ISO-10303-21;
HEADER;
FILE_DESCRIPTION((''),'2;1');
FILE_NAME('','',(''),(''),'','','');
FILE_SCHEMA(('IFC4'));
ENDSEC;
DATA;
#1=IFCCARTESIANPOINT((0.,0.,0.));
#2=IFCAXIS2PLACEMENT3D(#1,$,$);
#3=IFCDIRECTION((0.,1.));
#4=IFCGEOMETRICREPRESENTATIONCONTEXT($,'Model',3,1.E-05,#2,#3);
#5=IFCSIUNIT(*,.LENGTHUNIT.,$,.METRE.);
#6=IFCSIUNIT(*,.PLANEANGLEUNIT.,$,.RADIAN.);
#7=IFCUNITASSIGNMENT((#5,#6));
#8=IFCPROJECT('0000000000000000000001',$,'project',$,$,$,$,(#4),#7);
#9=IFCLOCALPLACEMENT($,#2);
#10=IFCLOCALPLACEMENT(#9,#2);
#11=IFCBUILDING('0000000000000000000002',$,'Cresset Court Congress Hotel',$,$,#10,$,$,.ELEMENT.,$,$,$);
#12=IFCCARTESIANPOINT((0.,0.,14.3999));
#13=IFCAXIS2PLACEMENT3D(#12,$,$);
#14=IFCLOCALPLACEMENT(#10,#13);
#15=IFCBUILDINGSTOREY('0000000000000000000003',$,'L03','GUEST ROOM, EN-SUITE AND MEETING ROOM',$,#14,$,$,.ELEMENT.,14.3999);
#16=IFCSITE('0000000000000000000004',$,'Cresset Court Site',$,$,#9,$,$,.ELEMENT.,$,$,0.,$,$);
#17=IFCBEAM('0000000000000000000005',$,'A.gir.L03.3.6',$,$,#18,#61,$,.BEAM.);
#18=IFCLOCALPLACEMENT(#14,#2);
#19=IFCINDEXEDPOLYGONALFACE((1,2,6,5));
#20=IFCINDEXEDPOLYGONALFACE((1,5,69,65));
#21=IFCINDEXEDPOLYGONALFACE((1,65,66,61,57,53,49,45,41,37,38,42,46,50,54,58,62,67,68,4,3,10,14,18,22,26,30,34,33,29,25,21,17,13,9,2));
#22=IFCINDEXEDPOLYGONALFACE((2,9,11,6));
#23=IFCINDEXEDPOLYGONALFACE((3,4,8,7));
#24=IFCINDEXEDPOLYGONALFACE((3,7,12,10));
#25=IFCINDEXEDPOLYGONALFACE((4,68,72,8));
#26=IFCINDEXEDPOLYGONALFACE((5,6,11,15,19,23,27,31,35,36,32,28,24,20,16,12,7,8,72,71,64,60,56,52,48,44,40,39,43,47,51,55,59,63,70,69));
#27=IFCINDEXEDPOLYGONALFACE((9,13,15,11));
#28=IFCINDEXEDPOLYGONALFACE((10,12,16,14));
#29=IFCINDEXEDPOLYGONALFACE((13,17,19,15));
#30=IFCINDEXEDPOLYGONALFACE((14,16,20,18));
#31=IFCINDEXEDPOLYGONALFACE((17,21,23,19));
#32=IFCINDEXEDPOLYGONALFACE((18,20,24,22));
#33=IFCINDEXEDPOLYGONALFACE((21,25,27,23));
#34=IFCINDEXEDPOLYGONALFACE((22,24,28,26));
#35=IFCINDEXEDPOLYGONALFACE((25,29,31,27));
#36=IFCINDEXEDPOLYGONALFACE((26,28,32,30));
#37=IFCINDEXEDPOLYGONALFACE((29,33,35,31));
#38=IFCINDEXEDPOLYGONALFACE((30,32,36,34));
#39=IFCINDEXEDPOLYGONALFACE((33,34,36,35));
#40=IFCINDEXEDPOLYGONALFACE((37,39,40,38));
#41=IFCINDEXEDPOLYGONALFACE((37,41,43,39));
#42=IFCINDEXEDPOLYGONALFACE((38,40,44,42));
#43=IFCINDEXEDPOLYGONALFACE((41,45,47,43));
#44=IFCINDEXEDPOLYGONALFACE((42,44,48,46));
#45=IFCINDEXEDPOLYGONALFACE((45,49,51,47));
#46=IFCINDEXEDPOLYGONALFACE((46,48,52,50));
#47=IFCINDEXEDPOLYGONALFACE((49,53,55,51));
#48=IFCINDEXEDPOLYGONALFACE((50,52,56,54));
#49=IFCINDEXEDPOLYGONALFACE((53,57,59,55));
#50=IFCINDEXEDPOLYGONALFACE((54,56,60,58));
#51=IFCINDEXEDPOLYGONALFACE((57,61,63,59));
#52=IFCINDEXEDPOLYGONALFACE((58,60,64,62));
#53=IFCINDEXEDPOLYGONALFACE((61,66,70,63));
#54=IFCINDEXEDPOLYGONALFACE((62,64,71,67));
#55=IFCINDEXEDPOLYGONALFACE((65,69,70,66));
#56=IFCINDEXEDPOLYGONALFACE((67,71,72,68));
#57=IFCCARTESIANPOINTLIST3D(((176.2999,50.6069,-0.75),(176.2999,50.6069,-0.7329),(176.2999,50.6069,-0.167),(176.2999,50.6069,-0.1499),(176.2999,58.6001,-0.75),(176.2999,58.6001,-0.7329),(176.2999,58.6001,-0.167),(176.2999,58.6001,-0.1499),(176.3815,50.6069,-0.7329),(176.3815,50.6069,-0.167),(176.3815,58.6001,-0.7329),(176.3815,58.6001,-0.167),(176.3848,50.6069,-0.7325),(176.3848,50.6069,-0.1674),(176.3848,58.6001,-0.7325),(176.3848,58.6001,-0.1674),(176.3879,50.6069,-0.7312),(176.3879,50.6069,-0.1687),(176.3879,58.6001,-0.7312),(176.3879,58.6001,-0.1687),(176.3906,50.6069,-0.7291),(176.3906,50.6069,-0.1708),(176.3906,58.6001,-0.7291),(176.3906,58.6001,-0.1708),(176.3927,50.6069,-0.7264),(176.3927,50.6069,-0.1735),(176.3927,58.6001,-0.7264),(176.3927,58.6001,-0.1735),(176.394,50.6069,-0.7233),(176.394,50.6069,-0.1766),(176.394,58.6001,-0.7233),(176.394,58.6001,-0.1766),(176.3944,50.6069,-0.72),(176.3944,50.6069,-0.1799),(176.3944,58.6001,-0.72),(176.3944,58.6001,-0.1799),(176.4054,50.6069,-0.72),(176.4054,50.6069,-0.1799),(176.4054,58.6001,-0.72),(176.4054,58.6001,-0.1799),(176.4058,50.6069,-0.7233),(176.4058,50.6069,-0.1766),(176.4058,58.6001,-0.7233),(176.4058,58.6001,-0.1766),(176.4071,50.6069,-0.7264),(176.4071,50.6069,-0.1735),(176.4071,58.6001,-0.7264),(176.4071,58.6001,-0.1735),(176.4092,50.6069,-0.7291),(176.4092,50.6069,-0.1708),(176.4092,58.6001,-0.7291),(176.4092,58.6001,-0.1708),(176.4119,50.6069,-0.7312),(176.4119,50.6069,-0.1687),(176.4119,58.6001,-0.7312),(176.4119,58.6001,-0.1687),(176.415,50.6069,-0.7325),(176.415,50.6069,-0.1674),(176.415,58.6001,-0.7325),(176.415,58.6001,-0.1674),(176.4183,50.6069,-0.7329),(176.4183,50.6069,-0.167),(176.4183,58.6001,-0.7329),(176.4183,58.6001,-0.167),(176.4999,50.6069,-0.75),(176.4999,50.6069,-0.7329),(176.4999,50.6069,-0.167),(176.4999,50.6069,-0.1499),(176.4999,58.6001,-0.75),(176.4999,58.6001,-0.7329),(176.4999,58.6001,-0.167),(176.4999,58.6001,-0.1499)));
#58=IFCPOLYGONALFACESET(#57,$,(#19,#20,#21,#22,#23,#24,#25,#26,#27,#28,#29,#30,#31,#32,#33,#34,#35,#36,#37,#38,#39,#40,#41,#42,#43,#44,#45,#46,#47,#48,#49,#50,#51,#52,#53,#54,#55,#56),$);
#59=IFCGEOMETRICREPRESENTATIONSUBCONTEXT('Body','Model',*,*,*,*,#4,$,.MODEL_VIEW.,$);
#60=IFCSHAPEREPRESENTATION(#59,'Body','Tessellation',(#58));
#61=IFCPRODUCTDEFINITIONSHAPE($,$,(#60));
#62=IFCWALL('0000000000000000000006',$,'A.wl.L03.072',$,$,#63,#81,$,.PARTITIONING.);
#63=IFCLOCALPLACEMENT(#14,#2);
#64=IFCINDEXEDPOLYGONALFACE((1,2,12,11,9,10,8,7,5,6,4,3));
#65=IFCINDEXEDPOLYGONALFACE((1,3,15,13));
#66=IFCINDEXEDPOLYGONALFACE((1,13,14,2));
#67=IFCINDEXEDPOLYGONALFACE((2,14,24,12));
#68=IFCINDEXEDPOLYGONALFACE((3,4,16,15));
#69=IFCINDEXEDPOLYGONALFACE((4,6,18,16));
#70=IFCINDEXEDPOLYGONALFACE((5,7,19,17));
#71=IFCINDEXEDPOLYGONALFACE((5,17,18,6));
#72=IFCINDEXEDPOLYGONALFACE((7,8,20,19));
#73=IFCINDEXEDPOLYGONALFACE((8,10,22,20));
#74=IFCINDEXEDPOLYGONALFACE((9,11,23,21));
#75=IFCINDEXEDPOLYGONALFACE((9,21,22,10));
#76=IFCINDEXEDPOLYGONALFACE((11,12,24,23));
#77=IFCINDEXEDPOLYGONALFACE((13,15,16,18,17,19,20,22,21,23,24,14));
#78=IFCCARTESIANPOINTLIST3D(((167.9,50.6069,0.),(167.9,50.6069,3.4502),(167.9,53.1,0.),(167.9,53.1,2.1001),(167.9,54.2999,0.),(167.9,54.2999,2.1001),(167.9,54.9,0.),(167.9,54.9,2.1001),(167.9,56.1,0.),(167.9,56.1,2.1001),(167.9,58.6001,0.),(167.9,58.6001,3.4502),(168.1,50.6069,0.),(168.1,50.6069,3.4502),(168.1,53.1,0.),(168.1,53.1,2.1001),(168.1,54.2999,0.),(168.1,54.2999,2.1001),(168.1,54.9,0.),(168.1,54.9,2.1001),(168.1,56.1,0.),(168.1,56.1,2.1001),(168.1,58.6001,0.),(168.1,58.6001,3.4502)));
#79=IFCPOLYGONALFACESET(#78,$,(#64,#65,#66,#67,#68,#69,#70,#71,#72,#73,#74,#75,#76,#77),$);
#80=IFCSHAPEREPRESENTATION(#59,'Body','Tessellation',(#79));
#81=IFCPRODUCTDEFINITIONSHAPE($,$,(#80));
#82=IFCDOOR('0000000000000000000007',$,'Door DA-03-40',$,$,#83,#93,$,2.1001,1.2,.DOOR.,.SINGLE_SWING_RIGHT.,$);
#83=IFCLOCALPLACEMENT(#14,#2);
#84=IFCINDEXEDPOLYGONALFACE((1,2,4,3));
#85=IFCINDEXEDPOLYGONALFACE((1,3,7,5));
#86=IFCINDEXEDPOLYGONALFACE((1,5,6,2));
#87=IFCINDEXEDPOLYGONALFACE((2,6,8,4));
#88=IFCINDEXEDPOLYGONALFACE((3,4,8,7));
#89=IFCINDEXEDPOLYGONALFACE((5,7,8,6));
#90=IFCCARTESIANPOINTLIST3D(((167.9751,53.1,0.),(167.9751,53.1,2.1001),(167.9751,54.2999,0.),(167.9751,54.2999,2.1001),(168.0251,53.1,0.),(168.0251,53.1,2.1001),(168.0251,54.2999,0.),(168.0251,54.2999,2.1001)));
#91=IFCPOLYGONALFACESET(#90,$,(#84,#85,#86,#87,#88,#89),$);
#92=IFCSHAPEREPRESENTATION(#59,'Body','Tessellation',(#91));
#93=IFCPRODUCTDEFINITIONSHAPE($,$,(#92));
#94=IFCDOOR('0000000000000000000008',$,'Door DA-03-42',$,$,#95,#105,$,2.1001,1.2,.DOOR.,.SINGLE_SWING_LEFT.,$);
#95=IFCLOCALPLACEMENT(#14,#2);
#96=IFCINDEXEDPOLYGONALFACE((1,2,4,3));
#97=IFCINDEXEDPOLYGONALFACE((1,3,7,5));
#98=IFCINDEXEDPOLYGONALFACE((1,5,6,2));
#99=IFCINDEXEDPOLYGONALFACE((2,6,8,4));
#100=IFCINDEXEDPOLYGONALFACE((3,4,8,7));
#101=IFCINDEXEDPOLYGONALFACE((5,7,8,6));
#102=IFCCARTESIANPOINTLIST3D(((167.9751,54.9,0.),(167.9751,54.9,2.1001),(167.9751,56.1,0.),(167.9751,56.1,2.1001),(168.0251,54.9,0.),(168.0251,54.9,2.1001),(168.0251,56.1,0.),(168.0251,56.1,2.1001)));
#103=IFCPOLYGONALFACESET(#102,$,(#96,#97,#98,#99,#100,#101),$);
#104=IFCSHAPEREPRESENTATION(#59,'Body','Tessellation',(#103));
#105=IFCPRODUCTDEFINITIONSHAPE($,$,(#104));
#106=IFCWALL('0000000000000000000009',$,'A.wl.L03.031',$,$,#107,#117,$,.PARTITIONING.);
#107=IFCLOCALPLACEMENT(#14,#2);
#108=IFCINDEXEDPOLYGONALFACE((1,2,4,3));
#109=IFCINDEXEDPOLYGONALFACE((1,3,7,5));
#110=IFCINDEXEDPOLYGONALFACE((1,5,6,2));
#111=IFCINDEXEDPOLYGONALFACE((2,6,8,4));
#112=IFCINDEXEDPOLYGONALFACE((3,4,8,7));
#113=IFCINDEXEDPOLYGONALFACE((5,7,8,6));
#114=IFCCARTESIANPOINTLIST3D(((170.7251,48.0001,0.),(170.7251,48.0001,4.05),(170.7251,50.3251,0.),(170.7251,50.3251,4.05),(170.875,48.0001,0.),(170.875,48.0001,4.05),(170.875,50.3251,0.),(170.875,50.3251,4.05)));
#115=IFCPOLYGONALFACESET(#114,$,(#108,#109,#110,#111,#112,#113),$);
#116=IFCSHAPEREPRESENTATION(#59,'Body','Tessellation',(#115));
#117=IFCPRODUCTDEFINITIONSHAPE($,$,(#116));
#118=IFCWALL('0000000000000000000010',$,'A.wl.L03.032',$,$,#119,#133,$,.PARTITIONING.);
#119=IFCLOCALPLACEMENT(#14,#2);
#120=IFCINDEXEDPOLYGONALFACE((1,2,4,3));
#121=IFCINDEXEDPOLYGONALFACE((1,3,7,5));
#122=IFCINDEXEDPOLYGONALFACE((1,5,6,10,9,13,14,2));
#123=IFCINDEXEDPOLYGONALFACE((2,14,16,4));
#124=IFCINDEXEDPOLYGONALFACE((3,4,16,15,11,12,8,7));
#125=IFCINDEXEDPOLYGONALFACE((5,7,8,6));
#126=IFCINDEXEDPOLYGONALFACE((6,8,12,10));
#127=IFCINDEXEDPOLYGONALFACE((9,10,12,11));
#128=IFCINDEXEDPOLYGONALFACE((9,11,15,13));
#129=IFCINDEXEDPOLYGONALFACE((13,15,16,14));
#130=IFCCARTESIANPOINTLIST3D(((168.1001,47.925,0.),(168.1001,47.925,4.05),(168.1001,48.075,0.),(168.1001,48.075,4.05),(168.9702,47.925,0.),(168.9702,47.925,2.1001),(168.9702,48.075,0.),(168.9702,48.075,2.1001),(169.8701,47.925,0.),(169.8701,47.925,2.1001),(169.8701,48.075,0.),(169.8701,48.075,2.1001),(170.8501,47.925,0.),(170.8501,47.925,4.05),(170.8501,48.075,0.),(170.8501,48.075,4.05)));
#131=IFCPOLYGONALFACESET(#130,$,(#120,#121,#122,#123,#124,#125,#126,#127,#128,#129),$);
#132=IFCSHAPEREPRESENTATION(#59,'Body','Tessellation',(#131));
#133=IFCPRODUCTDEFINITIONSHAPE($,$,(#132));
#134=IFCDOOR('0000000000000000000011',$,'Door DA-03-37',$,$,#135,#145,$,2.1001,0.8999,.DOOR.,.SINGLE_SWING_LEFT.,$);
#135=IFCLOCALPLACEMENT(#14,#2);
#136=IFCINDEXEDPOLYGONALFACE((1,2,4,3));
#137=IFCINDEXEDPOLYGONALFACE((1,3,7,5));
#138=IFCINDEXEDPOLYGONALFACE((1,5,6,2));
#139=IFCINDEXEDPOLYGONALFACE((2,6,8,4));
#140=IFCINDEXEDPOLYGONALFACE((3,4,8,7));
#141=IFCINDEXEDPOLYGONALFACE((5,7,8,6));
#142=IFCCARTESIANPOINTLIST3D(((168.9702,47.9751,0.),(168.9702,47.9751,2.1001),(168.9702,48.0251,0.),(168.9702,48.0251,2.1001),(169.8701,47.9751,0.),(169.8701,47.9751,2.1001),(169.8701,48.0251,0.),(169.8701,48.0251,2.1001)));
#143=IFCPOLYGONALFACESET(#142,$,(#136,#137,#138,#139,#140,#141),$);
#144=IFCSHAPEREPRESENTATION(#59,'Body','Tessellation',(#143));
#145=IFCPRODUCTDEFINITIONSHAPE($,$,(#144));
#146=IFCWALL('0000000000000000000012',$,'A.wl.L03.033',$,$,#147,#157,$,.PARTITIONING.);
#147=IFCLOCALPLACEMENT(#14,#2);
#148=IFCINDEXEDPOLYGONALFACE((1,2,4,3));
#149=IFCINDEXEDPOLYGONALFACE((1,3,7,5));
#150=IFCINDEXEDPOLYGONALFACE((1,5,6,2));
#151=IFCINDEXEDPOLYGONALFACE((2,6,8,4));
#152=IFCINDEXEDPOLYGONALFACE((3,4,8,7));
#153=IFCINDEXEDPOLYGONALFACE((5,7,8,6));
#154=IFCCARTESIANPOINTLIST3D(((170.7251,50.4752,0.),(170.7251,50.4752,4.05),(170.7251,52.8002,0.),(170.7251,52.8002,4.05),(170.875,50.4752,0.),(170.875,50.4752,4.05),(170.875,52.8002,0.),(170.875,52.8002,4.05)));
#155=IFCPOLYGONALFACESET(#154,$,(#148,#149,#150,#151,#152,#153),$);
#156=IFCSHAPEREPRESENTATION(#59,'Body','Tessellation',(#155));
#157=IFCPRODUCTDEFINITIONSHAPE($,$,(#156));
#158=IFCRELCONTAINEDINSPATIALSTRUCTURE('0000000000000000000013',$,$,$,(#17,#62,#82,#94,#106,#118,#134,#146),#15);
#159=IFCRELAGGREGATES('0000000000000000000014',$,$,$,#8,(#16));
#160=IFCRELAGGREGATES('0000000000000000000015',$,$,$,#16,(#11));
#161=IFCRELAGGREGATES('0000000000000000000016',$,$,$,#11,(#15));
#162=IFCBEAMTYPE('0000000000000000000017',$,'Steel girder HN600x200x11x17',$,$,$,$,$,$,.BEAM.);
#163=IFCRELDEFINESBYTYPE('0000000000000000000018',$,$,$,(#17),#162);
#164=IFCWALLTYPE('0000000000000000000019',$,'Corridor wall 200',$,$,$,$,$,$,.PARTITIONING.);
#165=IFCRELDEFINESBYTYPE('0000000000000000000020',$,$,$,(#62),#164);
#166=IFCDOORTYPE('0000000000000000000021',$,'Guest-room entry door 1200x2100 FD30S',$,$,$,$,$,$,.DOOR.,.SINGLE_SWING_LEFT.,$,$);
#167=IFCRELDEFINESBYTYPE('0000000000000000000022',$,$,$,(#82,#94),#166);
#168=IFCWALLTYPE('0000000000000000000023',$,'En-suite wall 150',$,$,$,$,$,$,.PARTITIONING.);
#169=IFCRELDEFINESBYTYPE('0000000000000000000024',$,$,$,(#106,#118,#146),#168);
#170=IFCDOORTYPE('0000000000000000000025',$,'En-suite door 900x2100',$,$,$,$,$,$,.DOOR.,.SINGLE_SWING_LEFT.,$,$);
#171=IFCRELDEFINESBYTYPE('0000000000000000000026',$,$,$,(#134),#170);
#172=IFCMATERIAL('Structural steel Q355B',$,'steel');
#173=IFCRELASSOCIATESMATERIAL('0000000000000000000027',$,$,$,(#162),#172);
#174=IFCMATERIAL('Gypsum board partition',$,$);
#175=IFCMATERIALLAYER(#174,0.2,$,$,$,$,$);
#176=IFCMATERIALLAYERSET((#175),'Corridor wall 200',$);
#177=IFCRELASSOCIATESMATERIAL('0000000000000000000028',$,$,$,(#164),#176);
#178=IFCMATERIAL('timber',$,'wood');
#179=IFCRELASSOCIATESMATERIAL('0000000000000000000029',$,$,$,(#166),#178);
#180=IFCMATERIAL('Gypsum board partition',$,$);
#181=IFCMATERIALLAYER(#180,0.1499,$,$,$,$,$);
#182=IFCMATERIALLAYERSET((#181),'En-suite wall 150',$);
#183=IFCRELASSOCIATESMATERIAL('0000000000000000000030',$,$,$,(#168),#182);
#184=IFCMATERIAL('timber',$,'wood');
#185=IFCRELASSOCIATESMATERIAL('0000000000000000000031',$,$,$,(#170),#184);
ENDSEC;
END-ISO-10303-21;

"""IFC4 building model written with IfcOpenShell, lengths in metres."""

from ifc_helpers import new_model, si_unit, direction, frame, frame_2d, origin, origin_2d, place, context, subcontext, project, spatial, rectangle, i_section, extrude, material, layer, layer_set, material_profile, profile_set, type_object, element, fill, save


model = new_model("IFC4")

# Units and contexts
model_context = context("Model", 3, precision=1e-05, world=origin(), true_north=direction((0.0, 1.0)))
body_context = subcontext(model_context, "Body", "Model", "MODEL_VIEW")
ifc_project = project(units=[si_unit("LENGTHUNIT", "METRE"), si_unit("PLANEANGLEUNIT", "RADIAN")], contexts=[model_context])

# Site, building, storey
site_placement = place(None, origin())
site = spatial("IfcSite", under=ifc_project, at=site_placement, Name="Cresset Court Site", CompositionType="ELEMENT", RefElevation=0.0)
building_placement = place(site_placement, origin())
building = spatial("IfcBuilding", under=site, at=building_placement, Name="Cresset Court Congress Hotel", CompositionType="ELEMENT")
storey_placement = place(building_placement, frame((0.0, 0.0, 14.3999)))
storey = spatial("IfcBuildingStorey", under=building, at=storey_placement, Name="L03", Description="GUEST ROOM, EN-SUITE AND MEETING ROOM", CompositionType="ELEMENT", Elevation=14.3999)

# Beam
ifc_material_1 = material(Name="Structural steel Q355B", Category="steel")
ifc_material_profile_1 = material_profile(ifc_material_1, i_section(OverallWidth=0.2, OverallDepth=0.6001, WebThickness=0.011, FlangeThickness=0.0171, FilletRadius=0.0129, at=origin_2d()), Name="HN600x200x11x17")
ifc_profile_set_1 = profile_set([ifc_material_profile_1], Name="Structural steel Q355B")
beam_type_1 = type_object("IfcBeamType", Name="Steel girder HN600x200x11x17", PredefinedType="BEAM", material=ifc_profile_set_1)
for number, where, z_axis, x_axis, name in (
    (1, (176.3999, 50.6069, -0.45), (0.0, 1.0, 0.0), (-1.0, 0.0, 0.0), "A.gir.L03.3.6"),
):
    element("IfcBeam", number, at=place(storey_placement, frame(where, z_axis=z_axis, x_axis=x_axis)), inside=storey, type_object=beam_type_1, Name=name, PredefinedType="BEAM", context=body_context, shape_type="SweptSolid", body=[
        extrude(i_section(OverallWidth=0.2, OverallDepth=0.6001, WebThickness=0.011, FlangeThickness=0.0171, FilletRadius=0.0129, at=origin_2d()), origin(), (0.0, 0.0, 1.0), 7.9932),
    ])

# Wall, openings, doors
ifc_material_2 = material(Name="Gypsum board partition")
ifc_layer_1 = layer(ifc_material_2, 0.2)
ifc_layer_set_1 = layer_set([ifc_layer_1], Name="Corridor wall 200")
wall_type_1 = type_object("IfcWallType", Name="Corridor wall 200", PredefinedType="PARTITIONING", material=ifc_layer_set_1)
wall_1_placement = place(storey_placement, frame((168.0, 50.6069, 0.0), z_axis=(0.0, 0.0, 1.0), x_axis=(0.0, 1.0, 0.0)))
wall_1 = element("IfcWall", 2, at=wall_1_placement, inside=storey, type_object=wall_type_1, Name="A.wl.L03.072", PredefinedType="PARTITIONING", context=body_context, shape_type="SweptSolid", body=[
    extrude(rectangle(XDim=7.9932, YDim=0.2, at=frame_2d((3.9966, 0.0))), origin(), (0.0, 0.0, 1.0), 3.4502),
])
opening_1_placement = place(wall_1_placement, frame((2.4929, 0.0, 0.0)))
opening_1 = element("IfcOpeningElement", 3, at=opening_1_placement, cuts=wall_1, PredefinedType="OPENING", context=body_context, shape_type="SweptSolid", body=[
    extrude(rectangle(XDim=1.2, YDim=2.1001, at=frame_2d((0.6001, 1.05))), frame((0.0, 0.1099, 0.0), z_axis=(0.0, -1.0, 0.0), x_axis=(1.0, 0.0, 0.0)), (0.0, 0.0, 1.0), 0.22),
])
opening_2_placement = place(wall_1_placement, frame((4.293, 0.0, 0.0)))
opening_2 = element("IfcOpeningElement", 4, at=opening_2_placement, cuts=wall_1, PredefinedType="OPENING", context=body_context, shape_type="SweptSolid", body=[
    extrude(rectangle(XDim=1.2, YDim=2.1001, at=frame_2d((0.6001, 1.05))), frame((0.0, 0.1099, 0.0), z_axis=(0.0, -1.0, 0.0), x_axis=(1.0, 0.0, 0.0)), (0.0, 0.0, 1.0), 0.22),
])
ifc_material_3 = material(Name="timber", Category="wood")
door_type_1 = type_object("IfcDoorType", Name="Guest-room entry door 1200x2100 FD30S", OperationType="SINGLE_SWING_LEFT", PredefinedType="DOOR", material=ifc_material_3)
door_1_placement = place(opening_1_placement, origin())
door_1 = element("IfcDoor", 5, at=door_1_placement, inside=storey, type_object=door_type_1, Name="Door DA-03-40", OperationType="SINGLE_SWING_RIGHT", OverallHeight=2.1001, OverallWidth=1.2, PredefinedType="DOOR", context=body_context, shape_type="SweptSolid", body=[
    extrude(rectangle(XDim=1.2, YDim=2.1001, at=frame_2d((0.6001, 1.05))), frame((0.0, 0.0249, 0.0), z_axis=(0.0, -1.0, 0.0), x_axis=(1.0, 0.0, 0.0)), (0.0, 0.0, 1.0), 0.05),
])
fill(opening_1, door_1)
door_2_placement = place(opening_2_placement, origin())
door_2 = element("IfcDoor", 6, at=door_2_placement, inside=storey, type_object=door_type_1, Name="Door DA-03-42", OperationType="SINGLE_SWING_LEFT", OverallHeight=2.1001, OverallWidth=1.2, PredefinedType="DOOR", context=body_context, shape_type="SweptSolid", body=[
    extrude(rectangle(XDim=1.2, YDim=2.1001, at=frame_2d((0.6001, 1.05))), frame((0.0, 0.0249, 0.0), z_axis=(0.0, -1.0, 0.0), x_axis=(1.0, 0.0, 0.0)), (0.0, 0.0, 1.0), 0.05),
])
fill(opening_2, door_2)

# Wall
ifc_material_4 = material(Name="Gypsum board partition")
ifc_layer_2 = layer(ifc_material_4, 0.1499)
ifc_layer_set_2 = layer_set([ifc_layer_2], Name="En-suite wall 150")
wall_type_2 = type_object("IfcWallType", Name="En-suite wall 150", PredefinedType="PARTITIONING", material=ifc_layer_set_2)
wall_2_placement = place(storey_placement, frame((170.8, 48.0, 0.0), z_axis=(0.0, 0.0, 1.0), x_axis=(0.0, 1.0, 0.0)))
element("IfcWall", 7, at=wall_2_placement, inside=storey, type_object=wall_type_2, Name="A.wl.L03.031", PredefinedType="PARTITIONING", context=body_context, shape_type="SweptSolid", body=[
    extrude(rectangle(XDim=2.325, YDim=0.1499, at=frame_2d((1.1626, 0.0))), origin(), (0.0, 0.0, 1.0), 4.05),
])

# Wall, opening, door
wall_3_placement = place(storey_placement, frame((170.8501, 48.0, 0.0), z_axis=(0.0, 0.0, 1.0), x_axis=(-1.0, 0.0, 0.0)))
wall_3 = element("IfcWall", 8, at=wall_3_placement, inside=storey, type_object=wall_type_2, Name="A.wl.L03.032", PredefinedType="PARTITIONING", context=body_context, shape_type="SweptSolid", body=[
    extrude(rectangle(XDim=2.75, YDim=0.1499, at=frame_2d((1.375, 0.0))), origin(), (0.0, 0.0, 1.0), 4.05),
])
opening_3_placement = place(wall_3_placement, frame((0.98, 0.0, 0.0)))
opening_3 = element("IfcOpeningElement", 9, at=opening_3_placement, cuts=wall_3, PredefinedType="OPENING", context=body_context, shape_type="SweptSolid", body=[
    extrude(rectangle(XDim=0.8999, YDim=2.1001, at=frame_2d((0.45, 1.05))), frame((0.0, 0.085, 0.0), z_axis=(0.0, -1.0, 0.0), x_axis=(1.0, 0.0, 0.0)), (0.0, 0.0, 1.0), 0.1699),
])
ifc_material_5 = material(Name="timber", Category="wood")
door_type_2 = type_object("IfcDoorType", Name="En-suite door 900x2100", OperationType="SINGLE_SWING_LEFT", PredefinedType="DOOR", material=ifc_material_5)
door_3_placement = place(opening_3_placement, origin())
door_3 = element("IfcDoor", 10, at=door_3_placement, inside=storey, type_object=door_type_2, Name="Door DA-03-37", OperationType="SINGLE_SWING_LEFT", OverallHeight=2.1001, OverallWidth=0.8999, PredefinedType="DOOR", context=body_context, shape_type="SweptSolid", body=[
    extrude(rectangle(XDim=0.8999, YDim=2.1001, at=frame_2d((0.45, 1.05))), frame((0.0, 0.0249, 0.0), z_axis=(0.0, -1.0, 0.0), x_axis=(1.0, 0.0, 0.0)), (0.0, 0.0, 1.0), 0.05),
])
fill(opening_3, door_3)

# Wall
wall_4_placement = place(storey_placement, frame((170.8, 50.4751, 0.0), z_axis=(0.0, 0.0, 1.0), x_axis=(0.0, 1.0, 0.0)))
element("IfcWall", 11, at=wall_4_placement, inside=storey, type_object=wall_type_2, Name="A.wl.L03.033", PredefinedType="PARTITIONING", context=body_context, shape_type="SweptSolid", body=[
    extrude(rectangle(XDim=2.325, YDim=0.1499, at=frame_2d((1.1626, 0.0))), origin(), (0.0, 0.0, 1.0), 4.05),
])

save(model, "model.ifc")
